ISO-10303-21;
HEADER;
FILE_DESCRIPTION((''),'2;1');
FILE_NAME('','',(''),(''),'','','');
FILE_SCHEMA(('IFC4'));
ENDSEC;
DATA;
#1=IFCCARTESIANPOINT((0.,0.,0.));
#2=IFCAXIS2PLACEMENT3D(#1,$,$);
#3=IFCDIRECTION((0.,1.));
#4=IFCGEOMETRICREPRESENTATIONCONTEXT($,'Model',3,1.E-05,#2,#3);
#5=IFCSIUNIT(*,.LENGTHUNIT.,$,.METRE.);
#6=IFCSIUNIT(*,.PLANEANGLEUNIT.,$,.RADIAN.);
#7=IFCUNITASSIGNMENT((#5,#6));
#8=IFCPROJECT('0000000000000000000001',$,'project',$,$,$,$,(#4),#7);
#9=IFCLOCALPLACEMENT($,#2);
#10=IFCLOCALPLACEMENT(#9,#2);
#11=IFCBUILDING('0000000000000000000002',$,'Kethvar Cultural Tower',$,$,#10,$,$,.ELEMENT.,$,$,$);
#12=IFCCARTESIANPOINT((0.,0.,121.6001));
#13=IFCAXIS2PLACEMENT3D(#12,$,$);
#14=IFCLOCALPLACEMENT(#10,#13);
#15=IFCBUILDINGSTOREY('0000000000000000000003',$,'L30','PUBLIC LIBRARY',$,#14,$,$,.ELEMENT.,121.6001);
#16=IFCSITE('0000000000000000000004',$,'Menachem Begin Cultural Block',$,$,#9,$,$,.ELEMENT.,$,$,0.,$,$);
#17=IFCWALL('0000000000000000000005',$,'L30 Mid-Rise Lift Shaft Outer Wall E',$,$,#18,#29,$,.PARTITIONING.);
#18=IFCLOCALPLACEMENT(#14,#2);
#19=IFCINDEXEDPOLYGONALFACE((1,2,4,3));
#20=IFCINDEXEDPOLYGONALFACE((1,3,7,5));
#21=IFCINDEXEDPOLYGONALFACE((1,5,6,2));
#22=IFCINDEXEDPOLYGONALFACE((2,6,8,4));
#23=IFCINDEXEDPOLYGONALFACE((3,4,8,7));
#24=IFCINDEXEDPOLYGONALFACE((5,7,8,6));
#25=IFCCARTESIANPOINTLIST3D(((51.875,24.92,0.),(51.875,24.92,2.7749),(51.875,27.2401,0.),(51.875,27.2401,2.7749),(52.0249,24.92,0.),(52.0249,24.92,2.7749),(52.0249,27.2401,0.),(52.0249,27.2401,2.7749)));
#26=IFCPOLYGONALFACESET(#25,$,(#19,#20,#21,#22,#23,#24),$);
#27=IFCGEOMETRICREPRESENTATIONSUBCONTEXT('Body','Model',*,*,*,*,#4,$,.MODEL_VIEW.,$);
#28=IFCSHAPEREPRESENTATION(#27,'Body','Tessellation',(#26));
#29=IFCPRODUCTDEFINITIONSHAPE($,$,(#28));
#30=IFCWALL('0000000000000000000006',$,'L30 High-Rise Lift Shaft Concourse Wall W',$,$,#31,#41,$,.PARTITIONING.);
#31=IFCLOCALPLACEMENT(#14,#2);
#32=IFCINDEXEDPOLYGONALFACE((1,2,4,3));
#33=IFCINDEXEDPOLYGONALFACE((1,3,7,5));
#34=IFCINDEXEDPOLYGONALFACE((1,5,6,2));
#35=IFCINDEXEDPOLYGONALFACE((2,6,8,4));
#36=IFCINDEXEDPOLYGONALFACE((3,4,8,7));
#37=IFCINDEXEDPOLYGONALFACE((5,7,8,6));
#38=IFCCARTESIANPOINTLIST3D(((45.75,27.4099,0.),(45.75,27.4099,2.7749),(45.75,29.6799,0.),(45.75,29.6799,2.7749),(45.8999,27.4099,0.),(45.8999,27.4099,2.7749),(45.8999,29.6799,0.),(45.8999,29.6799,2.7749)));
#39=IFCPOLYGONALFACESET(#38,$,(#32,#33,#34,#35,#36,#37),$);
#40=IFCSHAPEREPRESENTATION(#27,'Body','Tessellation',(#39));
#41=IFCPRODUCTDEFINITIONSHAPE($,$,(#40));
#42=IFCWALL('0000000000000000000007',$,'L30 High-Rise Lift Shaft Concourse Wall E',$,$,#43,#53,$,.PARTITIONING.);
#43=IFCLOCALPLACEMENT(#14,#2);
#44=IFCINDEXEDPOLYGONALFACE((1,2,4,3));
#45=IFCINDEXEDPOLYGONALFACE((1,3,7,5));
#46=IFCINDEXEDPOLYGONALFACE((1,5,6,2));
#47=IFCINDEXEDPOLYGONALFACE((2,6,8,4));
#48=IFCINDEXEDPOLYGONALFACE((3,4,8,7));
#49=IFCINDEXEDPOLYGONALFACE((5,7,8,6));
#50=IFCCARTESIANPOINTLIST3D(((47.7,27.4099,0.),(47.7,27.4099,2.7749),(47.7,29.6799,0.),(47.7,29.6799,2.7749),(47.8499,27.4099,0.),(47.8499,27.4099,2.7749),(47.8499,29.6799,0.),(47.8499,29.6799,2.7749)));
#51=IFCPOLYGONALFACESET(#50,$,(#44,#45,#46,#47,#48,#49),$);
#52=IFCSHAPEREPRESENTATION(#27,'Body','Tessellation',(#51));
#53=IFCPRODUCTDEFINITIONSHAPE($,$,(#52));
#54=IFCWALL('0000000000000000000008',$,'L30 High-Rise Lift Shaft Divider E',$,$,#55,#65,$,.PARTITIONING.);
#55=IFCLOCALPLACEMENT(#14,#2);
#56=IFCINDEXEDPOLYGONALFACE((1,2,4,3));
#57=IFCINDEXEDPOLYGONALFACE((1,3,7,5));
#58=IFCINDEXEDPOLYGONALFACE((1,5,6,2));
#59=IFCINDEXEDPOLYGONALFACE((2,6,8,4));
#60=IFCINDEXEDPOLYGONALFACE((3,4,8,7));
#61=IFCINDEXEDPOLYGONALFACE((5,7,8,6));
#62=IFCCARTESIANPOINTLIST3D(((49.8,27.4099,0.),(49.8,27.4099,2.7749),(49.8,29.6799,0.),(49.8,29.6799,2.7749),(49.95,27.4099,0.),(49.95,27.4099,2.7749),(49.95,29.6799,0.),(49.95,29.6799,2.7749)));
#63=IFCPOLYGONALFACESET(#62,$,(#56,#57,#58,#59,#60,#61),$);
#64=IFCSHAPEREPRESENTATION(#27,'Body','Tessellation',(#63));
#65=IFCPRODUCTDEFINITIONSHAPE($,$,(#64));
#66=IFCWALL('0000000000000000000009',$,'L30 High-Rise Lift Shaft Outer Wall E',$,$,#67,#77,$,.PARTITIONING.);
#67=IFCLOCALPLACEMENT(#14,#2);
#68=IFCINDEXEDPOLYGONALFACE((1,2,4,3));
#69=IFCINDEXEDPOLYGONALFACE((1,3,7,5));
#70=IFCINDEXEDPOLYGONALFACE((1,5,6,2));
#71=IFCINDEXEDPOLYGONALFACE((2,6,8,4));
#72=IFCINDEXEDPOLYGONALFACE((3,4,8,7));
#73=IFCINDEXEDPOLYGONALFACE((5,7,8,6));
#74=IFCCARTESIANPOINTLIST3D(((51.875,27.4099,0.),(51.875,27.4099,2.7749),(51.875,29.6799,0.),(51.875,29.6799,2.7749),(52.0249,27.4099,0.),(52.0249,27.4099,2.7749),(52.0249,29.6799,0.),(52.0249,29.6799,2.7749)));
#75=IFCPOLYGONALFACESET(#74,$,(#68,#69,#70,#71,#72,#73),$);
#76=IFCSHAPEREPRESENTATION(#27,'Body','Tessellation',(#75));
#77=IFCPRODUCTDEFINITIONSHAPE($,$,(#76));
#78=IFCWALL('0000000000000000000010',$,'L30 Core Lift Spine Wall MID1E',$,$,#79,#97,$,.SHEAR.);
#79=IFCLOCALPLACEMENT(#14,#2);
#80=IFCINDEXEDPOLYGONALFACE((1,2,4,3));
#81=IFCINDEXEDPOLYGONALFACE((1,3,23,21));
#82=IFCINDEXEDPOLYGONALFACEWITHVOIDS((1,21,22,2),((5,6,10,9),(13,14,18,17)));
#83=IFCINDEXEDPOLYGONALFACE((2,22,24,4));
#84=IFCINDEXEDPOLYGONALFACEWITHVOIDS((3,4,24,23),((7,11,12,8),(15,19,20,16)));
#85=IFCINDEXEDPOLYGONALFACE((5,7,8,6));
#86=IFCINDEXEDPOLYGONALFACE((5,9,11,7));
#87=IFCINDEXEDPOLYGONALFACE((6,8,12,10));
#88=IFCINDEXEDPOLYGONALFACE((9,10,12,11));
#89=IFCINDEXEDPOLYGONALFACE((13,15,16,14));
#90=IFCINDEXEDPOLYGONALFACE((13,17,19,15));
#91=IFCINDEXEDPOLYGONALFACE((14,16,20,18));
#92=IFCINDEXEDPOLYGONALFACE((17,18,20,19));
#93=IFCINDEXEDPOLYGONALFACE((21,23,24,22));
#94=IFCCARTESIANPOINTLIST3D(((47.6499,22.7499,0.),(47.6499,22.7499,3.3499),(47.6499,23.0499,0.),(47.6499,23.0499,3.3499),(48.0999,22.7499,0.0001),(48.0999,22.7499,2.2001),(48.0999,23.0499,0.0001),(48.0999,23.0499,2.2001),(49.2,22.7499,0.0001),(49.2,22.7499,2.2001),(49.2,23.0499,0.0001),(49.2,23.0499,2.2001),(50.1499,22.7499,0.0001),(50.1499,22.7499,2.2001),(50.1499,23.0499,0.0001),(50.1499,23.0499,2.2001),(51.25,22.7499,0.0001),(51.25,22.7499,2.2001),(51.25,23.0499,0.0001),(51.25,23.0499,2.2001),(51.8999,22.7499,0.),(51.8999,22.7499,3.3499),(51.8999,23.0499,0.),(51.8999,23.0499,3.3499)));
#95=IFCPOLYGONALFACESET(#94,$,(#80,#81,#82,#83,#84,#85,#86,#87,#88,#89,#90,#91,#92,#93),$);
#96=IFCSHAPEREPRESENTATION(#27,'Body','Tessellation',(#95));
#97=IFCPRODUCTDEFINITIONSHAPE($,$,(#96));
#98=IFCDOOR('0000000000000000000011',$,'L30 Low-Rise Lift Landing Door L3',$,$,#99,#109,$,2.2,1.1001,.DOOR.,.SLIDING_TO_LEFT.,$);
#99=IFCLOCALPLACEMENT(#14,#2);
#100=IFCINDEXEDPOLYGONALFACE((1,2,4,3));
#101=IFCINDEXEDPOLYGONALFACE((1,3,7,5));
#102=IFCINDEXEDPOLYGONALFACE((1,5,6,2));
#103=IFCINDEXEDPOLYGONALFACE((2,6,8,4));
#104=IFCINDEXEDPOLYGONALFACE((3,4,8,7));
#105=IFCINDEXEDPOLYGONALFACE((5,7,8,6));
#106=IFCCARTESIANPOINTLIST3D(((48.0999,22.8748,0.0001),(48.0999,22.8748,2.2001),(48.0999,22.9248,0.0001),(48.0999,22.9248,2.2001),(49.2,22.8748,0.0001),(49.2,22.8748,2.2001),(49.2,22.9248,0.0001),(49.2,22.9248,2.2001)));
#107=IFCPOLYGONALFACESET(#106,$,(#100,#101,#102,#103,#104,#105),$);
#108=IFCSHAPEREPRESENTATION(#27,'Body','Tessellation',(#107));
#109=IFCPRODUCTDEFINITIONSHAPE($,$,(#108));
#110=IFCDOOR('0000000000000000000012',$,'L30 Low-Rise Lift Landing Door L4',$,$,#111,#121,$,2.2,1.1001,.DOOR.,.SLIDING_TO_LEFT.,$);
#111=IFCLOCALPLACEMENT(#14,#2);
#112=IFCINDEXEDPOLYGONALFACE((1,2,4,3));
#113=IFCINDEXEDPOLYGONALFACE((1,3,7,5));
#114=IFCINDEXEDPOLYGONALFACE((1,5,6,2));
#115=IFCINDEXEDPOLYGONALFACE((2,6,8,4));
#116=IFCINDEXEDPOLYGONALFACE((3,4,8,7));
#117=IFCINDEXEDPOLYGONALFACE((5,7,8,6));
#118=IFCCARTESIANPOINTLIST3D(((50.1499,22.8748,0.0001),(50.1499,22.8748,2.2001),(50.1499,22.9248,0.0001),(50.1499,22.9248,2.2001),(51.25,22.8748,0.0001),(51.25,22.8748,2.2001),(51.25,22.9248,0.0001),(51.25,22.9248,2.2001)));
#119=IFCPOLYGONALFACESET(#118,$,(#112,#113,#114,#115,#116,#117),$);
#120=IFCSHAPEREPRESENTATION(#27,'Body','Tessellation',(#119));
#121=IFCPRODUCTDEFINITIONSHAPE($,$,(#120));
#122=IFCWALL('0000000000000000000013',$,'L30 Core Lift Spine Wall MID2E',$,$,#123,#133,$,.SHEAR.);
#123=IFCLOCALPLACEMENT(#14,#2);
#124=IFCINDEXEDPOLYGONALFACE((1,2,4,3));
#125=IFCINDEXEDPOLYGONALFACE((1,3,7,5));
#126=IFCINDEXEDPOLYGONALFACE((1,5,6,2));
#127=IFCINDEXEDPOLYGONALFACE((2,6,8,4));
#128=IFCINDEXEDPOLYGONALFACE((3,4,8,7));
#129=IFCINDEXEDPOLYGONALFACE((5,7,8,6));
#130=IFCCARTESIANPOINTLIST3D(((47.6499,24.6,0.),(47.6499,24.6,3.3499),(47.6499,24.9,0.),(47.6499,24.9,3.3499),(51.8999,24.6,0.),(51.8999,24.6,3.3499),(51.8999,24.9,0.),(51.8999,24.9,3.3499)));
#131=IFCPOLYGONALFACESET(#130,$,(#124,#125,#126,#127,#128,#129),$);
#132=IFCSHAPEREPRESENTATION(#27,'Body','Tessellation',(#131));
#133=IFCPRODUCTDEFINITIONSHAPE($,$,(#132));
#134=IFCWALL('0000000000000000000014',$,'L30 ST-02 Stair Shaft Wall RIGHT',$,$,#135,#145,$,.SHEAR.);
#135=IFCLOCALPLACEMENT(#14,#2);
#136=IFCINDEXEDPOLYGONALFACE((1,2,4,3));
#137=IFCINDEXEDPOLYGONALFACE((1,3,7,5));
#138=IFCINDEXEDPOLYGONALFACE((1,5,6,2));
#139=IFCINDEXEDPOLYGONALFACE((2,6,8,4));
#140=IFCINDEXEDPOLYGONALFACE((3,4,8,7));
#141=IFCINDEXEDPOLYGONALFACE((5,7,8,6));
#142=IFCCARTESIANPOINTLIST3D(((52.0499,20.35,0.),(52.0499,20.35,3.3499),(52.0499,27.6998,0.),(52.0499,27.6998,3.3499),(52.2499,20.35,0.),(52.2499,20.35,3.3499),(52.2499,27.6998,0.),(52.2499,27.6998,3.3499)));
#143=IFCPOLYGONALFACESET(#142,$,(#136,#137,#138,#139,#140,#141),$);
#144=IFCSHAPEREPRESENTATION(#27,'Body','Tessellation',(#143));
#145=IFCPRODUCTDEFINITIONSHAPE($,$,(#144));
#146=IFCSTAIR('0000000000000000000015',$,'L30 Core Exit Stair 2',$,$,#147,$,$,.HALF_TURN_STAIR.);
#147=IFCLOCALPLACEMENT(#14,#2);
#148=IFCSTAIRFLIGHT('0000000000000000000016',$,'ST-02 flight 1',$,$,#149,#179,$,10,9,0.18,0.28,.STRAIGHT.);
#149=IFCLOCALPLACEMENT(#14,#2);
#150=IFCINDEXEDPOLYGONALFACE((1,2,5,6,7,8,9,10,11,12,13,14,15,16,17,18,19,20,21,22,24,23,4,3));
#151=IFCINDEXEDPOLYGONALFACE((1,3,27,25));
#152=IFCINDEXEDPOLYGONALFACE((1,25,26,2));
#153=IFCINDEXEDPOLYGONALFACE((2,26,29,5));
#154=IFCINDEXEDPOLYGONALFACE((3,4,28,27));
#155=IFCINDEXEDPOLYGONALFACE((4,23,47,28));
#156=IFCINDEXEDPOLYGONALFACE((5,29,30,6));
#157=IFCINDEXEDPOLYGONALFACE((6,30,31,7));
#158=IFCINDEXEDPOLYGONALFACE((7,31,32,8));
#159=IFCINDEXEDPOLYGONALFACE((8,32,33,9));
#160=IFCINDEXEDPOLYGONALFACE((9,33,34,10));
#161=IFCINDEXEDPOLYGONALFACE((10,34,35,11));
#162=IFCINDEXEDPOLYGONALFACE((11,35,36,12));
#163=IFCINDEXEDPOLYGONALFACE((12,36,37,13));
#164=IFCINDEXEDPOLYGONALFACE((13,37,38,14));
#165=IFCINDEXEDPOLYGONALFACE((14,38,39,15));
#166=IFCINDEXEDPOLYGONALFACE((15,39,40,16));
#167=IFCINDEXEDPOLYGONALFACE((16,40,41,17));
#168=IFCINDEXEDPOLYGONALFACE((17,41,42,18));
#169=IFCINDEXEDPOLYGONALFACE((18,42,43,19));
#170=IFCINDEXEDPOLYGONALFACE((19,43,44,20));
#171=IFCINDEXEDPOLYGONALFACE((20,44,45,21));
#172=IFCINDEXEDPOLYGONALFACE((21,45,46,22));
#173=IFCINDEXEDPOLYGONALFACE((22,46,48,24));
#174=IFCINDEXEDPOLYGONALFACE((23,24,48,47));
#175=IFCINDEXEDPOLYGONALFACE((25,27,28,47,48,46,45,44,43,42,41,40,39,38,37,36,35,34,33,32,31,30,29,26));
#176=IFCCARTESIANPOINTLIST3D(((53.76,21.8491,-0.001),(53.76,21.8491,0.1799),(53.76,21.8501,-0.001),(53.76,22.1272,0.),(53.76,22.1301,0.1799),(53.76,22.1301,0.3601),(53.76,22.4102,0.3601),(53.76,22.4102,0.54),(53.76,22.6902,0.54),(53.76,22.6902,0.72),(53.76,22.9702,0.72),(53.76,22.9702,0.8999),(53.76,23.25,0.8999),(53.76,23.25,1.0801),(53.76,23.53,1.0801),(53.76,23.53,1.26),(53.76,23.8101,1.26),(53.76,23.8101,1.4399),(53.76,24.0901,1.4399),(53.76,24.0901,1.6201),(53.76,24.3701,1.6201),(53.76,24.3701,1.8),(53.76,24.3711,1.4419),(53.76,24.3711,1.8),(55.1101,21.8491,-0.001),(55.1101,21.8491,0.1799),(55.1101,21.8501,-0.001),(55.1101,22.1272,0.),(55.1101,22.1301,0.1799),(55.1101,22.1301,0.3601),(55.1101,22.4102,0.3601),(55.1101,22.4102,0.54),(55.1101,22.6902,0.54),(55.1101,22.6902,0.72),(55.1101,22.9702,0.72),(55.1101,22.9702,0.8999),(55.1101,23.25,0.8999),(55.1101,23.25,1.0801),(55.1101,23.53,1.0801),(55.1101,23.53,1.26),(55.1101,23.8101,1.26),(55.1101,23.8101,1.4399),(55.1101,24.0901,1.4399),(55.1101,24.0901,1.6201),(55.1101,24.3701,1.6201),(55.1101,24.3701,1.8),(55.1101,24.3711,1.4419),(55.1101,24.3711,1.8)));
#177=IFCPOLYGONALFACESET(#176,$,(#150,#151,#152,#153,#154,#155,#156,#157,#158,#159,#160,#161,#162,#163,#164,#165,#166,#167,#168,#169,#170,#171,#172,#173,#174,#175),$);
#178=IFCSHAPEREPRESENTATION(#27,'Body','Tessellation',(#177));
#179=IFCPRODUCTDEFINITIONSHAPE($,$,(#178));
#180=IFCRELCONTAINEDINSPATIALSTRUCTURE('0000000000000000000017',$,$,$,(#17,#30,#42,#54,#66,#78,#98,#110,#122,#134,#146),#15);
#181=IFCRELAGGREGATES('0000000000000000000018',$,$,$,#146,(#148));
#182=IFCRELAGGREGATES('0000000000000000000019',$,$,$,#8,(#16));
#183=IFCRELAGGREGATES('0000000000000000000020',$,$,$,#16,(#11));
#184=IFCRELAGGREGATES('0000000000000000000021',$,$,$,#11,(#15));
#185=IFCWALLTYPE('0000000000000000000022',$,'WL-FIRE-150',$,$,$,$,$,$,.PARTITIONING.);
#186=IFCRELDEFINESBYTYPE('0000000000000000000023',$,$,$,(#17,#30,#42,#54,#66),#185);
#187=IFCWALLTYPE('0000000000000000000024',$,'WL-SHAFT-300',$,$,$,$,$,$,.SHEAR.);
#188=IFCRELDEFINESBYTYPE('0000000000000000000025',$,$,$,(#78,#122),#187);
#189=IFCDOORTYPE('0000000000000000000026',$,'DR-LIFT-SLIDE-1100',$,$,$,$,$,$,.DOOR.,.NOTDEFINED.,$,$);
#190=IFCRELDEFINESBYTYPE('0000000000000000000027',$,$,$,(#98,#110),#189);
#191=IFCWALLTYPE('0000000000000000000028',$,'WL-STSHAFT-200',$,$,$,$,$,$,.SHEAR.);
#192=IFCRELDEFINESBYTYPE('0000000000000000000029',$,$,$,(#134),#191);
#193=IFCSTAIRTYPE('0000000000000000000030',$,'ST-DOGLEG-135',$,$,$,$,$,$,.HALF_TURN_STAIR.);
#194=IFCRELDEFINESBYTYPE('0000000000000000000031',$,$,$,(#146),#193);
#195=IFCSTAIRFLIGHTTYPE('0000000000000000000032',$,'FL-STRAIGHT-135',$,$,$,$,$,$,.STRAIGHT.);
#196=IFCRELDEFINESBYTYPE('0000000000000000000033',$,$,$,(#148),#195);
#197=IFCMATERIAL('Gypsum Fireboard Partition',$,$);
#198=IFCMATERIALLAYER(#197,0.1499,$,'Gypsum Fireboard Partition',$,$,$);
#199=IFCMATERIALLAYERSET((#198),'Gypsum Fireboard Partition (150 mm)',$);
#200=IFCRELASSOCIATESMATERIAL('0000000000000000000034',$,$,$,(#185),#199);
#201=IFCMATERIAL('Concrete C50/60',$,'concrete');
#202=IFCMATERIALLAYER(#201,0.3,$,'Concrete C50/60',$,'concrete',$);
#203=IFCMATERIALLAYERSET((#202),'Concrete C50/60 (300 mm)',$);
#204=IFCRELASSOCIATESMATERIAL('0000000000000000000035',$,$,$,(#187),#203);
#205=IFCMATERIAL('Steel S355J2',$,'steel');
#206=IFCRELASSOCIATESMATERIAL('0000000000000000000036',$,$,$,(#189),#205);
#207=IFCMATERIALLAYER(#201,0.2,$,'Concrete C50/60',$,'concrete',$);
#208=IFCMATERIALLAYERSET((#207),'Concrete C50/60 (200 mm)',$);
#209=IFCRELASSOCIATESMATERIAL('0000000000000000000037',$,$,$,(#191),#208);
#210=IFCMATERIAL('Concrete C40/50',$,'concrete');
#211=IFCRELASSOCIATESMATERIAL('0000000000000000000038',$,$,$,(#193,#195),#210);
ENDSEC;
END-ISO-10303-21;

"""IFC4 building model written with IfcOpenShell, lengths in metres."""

from ifc_helpers import new_model, si_unit, direction, frame, frame_2d, origin, place, context, subcontext, project, spatial, polyline, rectangle, outline, extrude, source, transform, mapped, material, layer, layer_set, type_object, element, fill, aggregate, save


model = new_model("IFC4")

# Units and contexts
model_context = context("Model", 3, precision=1e-05, world=origin(), true_north=direction((0.0, 1.0)))
body_context = subcontext(model_context, "Body", "Model", "MODEL_VIEW")
ifc_project = project(units=[si_unit("LENGTHUNIT", "METRE"), si_unit("PLANEANGLEUNIT", "RADIAN")], contexts=[model_context])

# Site, building, storey
site_placement = place(None, origin())
site = spatial("IfcSite", under=ifc_project, at=site_placement, Name="Menachem Begin Cultural Block", CompositionType="ELEMENT", RefElevation=0.0)
building_placement = place(site_placement, origin())
building = spatial("IfcBuilding", under=site, at=building_placement, Name="Kethvar Cultural Tower", CompositionType="ELEMENT")
storey_placement = place(building_placement, frame((0.0, 0.0, 121.6001)))
storey = spatial("IfcBuildingStorey", under=building, at=storey_placement, Name="L30", Description="PUBLIC LIBRARY", CompositionType="ELEMENT", Elevation=121.6001)

# Shared definitions
ifc_material_1 = material(Name="Steel S355J2", Category="steel")

# Walls
ifc_material_2 = material(Name="Gypsum Fireboard Partition")
ifc_layer_1 = layer(ifc_material_2, 0.1499, Name="Gypsum Fireboard Partition")
ifc_layer_set_1 = layer_set([ifc_layer_1], Name="Gypsum Fireboard Partition (150 mm)")
wall_type_1 = type_object("IfcWallType", Name="WL-FIRE-150", PredefinedType="PARTITIONING", material=ifc_layer_set_1)
for number, where, z_axis, x_axis, name in (
    (1, (51.95, 24.9199, 0.0), (0.0, 0.0, 1.0), (0.0, 1.0, 0.0), "L30 Mid-Rise Lift Shaft Outer Wall E"),
):
    element("IfcWall", number, at=place(storey_placement, frame(where, z_axis=z_axis, x_axis=x_axis)), inside=storey, type_object=wall_type_1, Name=name, PredefinedType="PARTITIONING", context=body_context, shape_type="SweptSolid", body=[
        extrude(rectangle(XDim=2.3201, YDim=0.1499, at=frame_2d((1.1602, 0.0))), origin(), (0.0, 0.0, 1.0), 2.7749),
    ])
for number, where, z_axis, x_axis, name in (
    (2, (45.825, 27.4099, 0.0), (0.0, 0.0, 1.0), (0.0, 1.0, 0.0), "L30 High-Rise Lift Shaft Concourse Wall W"),
    (3, (47.7749, 27.4099, 0.0), (0.0, 0.0, 1.0), (0.0, 1.0, 0.0), "L30 High-Rise Lift Shaft Concourse Wall E"),
    (4, (49.875, 27.4099, 0.0), (0.0, 0.0, 1.0), (0.0, 1.0, 0.0), "L30 High-Rise Lift Shaft Divider E"),
    (5, (51.95, 27.4099, 0.0), (0.0, 0.0, 1.0), (0.0, 1.0, 0.0), "L30 High-Rise Lift Shaft Outer Wall E"),
):
    element("IfcWall", number, at=place(storey_placement, frame(where, z_axis=z_axis, x_axis=x_axis)), inside=storey, type_object=wall_type_1, Name=name, PredefinedType="PARTITIONING", context=body_context, shape_type="SweptSolid", body=[
        extrude(rectangle(XDim=2.27, YDim=0.1499, at=frame_2d((1.135, 0.0))), origin(), (0.0, 0.0, 1.0), 2.7749),
    ])

# Wall, openings, doors
ifc_material_3 = material(Name="Concrete C50/60", Category="concrete")
ifc_layer_2 = layer(ifc_material_3, 0.3, Name="Concrete C50/60", Category="concrete")
ifc_layer_set_2 = layer_set([ifc_layer_2], Name="Concrete C50/60 (300 mm)")
wall_type_2 = type_object("IfcWallType", Name="WL-SHAFT-300", PredefinedType="SHEAR", material=ifc_layer_set_2)
wall_1_placement = place(storey_placement, frame((47.6499, 22.8999, 0.0), z_axis=(0.0, 0.0, 1.0), x_axis=(1.0, 0.0, 0.0)))
wall_1 = element("IfcWall", 6, at=wall_1_placement, inside=storey, type_object=wall_type_2, Name="L30 Core Lift Spine Wall MID1E", PredefinedType="SHEAR", context=body_context, shape_type="SweptSolid", body=[
    extrude(rectangle(XDim=4.25, YDim=0.3, at=frame_2d((2.125, 0.0))), origin(), (0.0, 0.0, 1.0), 3.3499),
])
opening_1_placement = place(wall_1_placement, frame((0.45, 0.0, 0.0)))
opening_1 = element("IfcOpeningElement", 7, at=opening_1_placement, cuts=wall_1, PredefinedType="OPENING", context=body_context, shape_type="SweptSolid", body=[
    extrude(rectangle(XDim=1.1001, YDim=2.2, at=frame_2d((0.55, 1.1001))), frame((0.0, 0.1599, 0.0), z_axis=(0.0, -1.0, 0.0), x_axis=(1.0, 0.0, 0.0)), (0.0, 0.0, 1.0), 0.3201),
])
opening_2_placement = place(wall_1_placement, frame((2.5, 0.0, 0.0)))
opening_2 = element("IfcOpeningElement", 8, at=opening_2_placement, cuts=wall_1, PredefinedType="OPENING", context=body_context, shape_type="SweptSolid", body=[
    extrude(rectangle(XDim=1.1001, YDim=2.2, at=frame_2d((0.55, 1.1001))), frame((0.0, 0.1599, 0.0), z_axis=(0.0, -1.0, 0.0), x_axis=(1.0, 0.0, 0.0)), (0.0, 0.0, 1.0), 0.3201),
])
door_type = type_object("IfcDoorType", Name="DR-LIFT-SLIDE-1100", OperationType="NOTDEFINED", PredefinedType="DOOR", material=ifc_material_1)
shared_shape_1 = source(origin(), body_context, "Body", "SweptSolid", [
    extrude(rectangle(XDim=1.1001, YDim=2.2, at=frame_2d((0.55, 1.1001))), frame((0.0, 0.0249, 0.0), z_axis=(0.0, -1.0, 0.0), x_axis=(1.0, 0.0, 0.0)), (0.0, 0.0, 1.0), 0.05),
])
door_1_placement = place(opening_1_placement, origin())
door_1 = element("IfcDoor", 9, at=door_1_placement, inside=storey, type_object=door_type, Name="L30 Low-Rise Lift Landing Door L3", OperationType="SLIDING_TO_LEFT", OverallHeight=2.2, OverallWidth=1.1001, PredefinedType="DOOR", context=body_context, shape_type="MappedRepresentation", body=[
    mapped(shared_shape_1, transform((0.0, 0.0, 0.0), scale=1.0)),
])
fill(opening_1, door_1)
door_2_placement = place(opening_2_placement, origin())
door_2 = element("IfcDoor", 10, at=door_2_placement, inside=storey, type_object=door_type, Name="L30 Low-Rise Lift Landing Door L4", OperationType="SLIDING_TO_LEFT", OverallHeight=2.2, OverallWidth=1.1001, PredefinedType="DOOR", context=body_context, shape_type="MappedRepresentation", body=[
    mapped(shared_shape_1, transform((0.0, 0.0, 0.0), scale=1.0)),
])
fill(opening_2, door_2)

# Walls
wall_2_placement = place(storey_placement, frame((47.6499, 24.75, 0.0), z_axis=(0.0, 0.0, 1.0), x_axis=(1.0, 0.0, 0.0)))
element("IfcWall", 11, at=wall_2_placement, inside=storey, type_object=wall_type_2, Name="L30 Core Lift Spine Wall MID2E", PredefinedType="SHEAR", context=body_context, shape_type="SweptSolid", body=[
    extrude(rectangle(XDim=4.25, YDim=0.3, at=frame_2d((2.125, 0.0))), origin(), (0.0, 0.0, 1.0), 3.3499),
])
ifc_layer_3 = layer(ifc_material_3, 0.2, Name="Concrete C50/60", Category="concrete")
ifc_layer_set_3 = layer_set([ifc_layer_3], Name="Concrete C50/60 (200 mm)")
wall_type_3 = type_object("IfcWallType", Name="WL-STSHAFT-200", PredefinedType="SHEAR", material=ifc_layer_set_3)
wall_3_placement = place(storey_placement, frame((52.1499, 20.3501, 0.0), z_axis=(0.0, 0.0, 1.0), x_axis=(0.0, 1.0, 0.0)))
element("IfcWall", 12, at=wall_3_placement, inside=storey, type_object=wall_type_3, Name="L30 ST-02 Stair Shaft Wall RIGHT", PredefinedType="SHEAR", context=body_context, shape_type="SweptSolid", body=[
    extrude(rectangle(XDim=7.3499, YDim=0.2, at=frame_2d((3.6748, 0.0))), origin(), (0.0, 0.0, 1.0), 3.3499),
])

# Stair, stair flight
ifc_material_4 = material(Name="Concrete C40/50", Category="concrete")
stair_type = type_object("IfcStairType", Name="ST-DOGLEG-135", PredefinedType="HALF_TURN_STAIR", material=ifc_material_4)
stair_placement = place(storey_placement, origin())
stair = element("IfcStair", 13, at=stair_placement, inside=storey, type_object=stair_type, Name="L30 Core Exit Stair 2", PredefinedType="HALF_TURN_STAIR")
stair_flight_type = type_object("IfcStairFlightType", Name="FL-STRAIGHT-135", PredefinedType="STRAIGHT", material=ifc_material_4)
stair_flight_1_placement = place(storey_placement, frame((54.4351, 21.8501, 0.0), z_axis=(0.0, 0.0, 1.0), x_axis=(0.0, 1.0, 0.0)))
stair_flight_1 = element("IfcStairFlight", 14, at=stair_flight_1_placement, type_object=stair_flight_type, Name="ST-02 flight 1", NumberOfRisers=10, NumberOfTreads=9, PredefinedType="STRAIGHT", RiserHeight=0.18, TreadLength=0.28, context=body_context, shape_type="SweptSolid", body=[
    extrude(outline(polyline([(-0.001, -0.001), (-0.001, 0.1799), (0.28, 0.1799), (0.28, 0.3601), (0.5601, 0.3601), (0.5601, 0.54), (0.8401, 0.54), (0.8401, 0.72), (1.1201, 0.72), (1.1201, 0.8999), (1.3999, 0.8999), (1.3999, 1.0801), (1.6799, 1.0801), (1.6799, 1.26), (1.96, 1.26), (1.96, 1.4399), (2.24, 1.4399), (2.24, 1.6201), (2.52, 1.6201), (2.52, 1.8), (2.521, 1.8), (2.521, 1.4419), (0.2771, 0.0), (0.0, -0.001), (-0.001, -0.001)])), frame((0.0, 0.675, 0.0), z_axis=(0.0, -1.0, 0.0), x_axis=(1.0, 0.0, 0.0)), (0.0, 0.0, 1.0), 1.3501),
])
aggregate(stair, [stair_flight_1])

save(model, "model.ifc")
